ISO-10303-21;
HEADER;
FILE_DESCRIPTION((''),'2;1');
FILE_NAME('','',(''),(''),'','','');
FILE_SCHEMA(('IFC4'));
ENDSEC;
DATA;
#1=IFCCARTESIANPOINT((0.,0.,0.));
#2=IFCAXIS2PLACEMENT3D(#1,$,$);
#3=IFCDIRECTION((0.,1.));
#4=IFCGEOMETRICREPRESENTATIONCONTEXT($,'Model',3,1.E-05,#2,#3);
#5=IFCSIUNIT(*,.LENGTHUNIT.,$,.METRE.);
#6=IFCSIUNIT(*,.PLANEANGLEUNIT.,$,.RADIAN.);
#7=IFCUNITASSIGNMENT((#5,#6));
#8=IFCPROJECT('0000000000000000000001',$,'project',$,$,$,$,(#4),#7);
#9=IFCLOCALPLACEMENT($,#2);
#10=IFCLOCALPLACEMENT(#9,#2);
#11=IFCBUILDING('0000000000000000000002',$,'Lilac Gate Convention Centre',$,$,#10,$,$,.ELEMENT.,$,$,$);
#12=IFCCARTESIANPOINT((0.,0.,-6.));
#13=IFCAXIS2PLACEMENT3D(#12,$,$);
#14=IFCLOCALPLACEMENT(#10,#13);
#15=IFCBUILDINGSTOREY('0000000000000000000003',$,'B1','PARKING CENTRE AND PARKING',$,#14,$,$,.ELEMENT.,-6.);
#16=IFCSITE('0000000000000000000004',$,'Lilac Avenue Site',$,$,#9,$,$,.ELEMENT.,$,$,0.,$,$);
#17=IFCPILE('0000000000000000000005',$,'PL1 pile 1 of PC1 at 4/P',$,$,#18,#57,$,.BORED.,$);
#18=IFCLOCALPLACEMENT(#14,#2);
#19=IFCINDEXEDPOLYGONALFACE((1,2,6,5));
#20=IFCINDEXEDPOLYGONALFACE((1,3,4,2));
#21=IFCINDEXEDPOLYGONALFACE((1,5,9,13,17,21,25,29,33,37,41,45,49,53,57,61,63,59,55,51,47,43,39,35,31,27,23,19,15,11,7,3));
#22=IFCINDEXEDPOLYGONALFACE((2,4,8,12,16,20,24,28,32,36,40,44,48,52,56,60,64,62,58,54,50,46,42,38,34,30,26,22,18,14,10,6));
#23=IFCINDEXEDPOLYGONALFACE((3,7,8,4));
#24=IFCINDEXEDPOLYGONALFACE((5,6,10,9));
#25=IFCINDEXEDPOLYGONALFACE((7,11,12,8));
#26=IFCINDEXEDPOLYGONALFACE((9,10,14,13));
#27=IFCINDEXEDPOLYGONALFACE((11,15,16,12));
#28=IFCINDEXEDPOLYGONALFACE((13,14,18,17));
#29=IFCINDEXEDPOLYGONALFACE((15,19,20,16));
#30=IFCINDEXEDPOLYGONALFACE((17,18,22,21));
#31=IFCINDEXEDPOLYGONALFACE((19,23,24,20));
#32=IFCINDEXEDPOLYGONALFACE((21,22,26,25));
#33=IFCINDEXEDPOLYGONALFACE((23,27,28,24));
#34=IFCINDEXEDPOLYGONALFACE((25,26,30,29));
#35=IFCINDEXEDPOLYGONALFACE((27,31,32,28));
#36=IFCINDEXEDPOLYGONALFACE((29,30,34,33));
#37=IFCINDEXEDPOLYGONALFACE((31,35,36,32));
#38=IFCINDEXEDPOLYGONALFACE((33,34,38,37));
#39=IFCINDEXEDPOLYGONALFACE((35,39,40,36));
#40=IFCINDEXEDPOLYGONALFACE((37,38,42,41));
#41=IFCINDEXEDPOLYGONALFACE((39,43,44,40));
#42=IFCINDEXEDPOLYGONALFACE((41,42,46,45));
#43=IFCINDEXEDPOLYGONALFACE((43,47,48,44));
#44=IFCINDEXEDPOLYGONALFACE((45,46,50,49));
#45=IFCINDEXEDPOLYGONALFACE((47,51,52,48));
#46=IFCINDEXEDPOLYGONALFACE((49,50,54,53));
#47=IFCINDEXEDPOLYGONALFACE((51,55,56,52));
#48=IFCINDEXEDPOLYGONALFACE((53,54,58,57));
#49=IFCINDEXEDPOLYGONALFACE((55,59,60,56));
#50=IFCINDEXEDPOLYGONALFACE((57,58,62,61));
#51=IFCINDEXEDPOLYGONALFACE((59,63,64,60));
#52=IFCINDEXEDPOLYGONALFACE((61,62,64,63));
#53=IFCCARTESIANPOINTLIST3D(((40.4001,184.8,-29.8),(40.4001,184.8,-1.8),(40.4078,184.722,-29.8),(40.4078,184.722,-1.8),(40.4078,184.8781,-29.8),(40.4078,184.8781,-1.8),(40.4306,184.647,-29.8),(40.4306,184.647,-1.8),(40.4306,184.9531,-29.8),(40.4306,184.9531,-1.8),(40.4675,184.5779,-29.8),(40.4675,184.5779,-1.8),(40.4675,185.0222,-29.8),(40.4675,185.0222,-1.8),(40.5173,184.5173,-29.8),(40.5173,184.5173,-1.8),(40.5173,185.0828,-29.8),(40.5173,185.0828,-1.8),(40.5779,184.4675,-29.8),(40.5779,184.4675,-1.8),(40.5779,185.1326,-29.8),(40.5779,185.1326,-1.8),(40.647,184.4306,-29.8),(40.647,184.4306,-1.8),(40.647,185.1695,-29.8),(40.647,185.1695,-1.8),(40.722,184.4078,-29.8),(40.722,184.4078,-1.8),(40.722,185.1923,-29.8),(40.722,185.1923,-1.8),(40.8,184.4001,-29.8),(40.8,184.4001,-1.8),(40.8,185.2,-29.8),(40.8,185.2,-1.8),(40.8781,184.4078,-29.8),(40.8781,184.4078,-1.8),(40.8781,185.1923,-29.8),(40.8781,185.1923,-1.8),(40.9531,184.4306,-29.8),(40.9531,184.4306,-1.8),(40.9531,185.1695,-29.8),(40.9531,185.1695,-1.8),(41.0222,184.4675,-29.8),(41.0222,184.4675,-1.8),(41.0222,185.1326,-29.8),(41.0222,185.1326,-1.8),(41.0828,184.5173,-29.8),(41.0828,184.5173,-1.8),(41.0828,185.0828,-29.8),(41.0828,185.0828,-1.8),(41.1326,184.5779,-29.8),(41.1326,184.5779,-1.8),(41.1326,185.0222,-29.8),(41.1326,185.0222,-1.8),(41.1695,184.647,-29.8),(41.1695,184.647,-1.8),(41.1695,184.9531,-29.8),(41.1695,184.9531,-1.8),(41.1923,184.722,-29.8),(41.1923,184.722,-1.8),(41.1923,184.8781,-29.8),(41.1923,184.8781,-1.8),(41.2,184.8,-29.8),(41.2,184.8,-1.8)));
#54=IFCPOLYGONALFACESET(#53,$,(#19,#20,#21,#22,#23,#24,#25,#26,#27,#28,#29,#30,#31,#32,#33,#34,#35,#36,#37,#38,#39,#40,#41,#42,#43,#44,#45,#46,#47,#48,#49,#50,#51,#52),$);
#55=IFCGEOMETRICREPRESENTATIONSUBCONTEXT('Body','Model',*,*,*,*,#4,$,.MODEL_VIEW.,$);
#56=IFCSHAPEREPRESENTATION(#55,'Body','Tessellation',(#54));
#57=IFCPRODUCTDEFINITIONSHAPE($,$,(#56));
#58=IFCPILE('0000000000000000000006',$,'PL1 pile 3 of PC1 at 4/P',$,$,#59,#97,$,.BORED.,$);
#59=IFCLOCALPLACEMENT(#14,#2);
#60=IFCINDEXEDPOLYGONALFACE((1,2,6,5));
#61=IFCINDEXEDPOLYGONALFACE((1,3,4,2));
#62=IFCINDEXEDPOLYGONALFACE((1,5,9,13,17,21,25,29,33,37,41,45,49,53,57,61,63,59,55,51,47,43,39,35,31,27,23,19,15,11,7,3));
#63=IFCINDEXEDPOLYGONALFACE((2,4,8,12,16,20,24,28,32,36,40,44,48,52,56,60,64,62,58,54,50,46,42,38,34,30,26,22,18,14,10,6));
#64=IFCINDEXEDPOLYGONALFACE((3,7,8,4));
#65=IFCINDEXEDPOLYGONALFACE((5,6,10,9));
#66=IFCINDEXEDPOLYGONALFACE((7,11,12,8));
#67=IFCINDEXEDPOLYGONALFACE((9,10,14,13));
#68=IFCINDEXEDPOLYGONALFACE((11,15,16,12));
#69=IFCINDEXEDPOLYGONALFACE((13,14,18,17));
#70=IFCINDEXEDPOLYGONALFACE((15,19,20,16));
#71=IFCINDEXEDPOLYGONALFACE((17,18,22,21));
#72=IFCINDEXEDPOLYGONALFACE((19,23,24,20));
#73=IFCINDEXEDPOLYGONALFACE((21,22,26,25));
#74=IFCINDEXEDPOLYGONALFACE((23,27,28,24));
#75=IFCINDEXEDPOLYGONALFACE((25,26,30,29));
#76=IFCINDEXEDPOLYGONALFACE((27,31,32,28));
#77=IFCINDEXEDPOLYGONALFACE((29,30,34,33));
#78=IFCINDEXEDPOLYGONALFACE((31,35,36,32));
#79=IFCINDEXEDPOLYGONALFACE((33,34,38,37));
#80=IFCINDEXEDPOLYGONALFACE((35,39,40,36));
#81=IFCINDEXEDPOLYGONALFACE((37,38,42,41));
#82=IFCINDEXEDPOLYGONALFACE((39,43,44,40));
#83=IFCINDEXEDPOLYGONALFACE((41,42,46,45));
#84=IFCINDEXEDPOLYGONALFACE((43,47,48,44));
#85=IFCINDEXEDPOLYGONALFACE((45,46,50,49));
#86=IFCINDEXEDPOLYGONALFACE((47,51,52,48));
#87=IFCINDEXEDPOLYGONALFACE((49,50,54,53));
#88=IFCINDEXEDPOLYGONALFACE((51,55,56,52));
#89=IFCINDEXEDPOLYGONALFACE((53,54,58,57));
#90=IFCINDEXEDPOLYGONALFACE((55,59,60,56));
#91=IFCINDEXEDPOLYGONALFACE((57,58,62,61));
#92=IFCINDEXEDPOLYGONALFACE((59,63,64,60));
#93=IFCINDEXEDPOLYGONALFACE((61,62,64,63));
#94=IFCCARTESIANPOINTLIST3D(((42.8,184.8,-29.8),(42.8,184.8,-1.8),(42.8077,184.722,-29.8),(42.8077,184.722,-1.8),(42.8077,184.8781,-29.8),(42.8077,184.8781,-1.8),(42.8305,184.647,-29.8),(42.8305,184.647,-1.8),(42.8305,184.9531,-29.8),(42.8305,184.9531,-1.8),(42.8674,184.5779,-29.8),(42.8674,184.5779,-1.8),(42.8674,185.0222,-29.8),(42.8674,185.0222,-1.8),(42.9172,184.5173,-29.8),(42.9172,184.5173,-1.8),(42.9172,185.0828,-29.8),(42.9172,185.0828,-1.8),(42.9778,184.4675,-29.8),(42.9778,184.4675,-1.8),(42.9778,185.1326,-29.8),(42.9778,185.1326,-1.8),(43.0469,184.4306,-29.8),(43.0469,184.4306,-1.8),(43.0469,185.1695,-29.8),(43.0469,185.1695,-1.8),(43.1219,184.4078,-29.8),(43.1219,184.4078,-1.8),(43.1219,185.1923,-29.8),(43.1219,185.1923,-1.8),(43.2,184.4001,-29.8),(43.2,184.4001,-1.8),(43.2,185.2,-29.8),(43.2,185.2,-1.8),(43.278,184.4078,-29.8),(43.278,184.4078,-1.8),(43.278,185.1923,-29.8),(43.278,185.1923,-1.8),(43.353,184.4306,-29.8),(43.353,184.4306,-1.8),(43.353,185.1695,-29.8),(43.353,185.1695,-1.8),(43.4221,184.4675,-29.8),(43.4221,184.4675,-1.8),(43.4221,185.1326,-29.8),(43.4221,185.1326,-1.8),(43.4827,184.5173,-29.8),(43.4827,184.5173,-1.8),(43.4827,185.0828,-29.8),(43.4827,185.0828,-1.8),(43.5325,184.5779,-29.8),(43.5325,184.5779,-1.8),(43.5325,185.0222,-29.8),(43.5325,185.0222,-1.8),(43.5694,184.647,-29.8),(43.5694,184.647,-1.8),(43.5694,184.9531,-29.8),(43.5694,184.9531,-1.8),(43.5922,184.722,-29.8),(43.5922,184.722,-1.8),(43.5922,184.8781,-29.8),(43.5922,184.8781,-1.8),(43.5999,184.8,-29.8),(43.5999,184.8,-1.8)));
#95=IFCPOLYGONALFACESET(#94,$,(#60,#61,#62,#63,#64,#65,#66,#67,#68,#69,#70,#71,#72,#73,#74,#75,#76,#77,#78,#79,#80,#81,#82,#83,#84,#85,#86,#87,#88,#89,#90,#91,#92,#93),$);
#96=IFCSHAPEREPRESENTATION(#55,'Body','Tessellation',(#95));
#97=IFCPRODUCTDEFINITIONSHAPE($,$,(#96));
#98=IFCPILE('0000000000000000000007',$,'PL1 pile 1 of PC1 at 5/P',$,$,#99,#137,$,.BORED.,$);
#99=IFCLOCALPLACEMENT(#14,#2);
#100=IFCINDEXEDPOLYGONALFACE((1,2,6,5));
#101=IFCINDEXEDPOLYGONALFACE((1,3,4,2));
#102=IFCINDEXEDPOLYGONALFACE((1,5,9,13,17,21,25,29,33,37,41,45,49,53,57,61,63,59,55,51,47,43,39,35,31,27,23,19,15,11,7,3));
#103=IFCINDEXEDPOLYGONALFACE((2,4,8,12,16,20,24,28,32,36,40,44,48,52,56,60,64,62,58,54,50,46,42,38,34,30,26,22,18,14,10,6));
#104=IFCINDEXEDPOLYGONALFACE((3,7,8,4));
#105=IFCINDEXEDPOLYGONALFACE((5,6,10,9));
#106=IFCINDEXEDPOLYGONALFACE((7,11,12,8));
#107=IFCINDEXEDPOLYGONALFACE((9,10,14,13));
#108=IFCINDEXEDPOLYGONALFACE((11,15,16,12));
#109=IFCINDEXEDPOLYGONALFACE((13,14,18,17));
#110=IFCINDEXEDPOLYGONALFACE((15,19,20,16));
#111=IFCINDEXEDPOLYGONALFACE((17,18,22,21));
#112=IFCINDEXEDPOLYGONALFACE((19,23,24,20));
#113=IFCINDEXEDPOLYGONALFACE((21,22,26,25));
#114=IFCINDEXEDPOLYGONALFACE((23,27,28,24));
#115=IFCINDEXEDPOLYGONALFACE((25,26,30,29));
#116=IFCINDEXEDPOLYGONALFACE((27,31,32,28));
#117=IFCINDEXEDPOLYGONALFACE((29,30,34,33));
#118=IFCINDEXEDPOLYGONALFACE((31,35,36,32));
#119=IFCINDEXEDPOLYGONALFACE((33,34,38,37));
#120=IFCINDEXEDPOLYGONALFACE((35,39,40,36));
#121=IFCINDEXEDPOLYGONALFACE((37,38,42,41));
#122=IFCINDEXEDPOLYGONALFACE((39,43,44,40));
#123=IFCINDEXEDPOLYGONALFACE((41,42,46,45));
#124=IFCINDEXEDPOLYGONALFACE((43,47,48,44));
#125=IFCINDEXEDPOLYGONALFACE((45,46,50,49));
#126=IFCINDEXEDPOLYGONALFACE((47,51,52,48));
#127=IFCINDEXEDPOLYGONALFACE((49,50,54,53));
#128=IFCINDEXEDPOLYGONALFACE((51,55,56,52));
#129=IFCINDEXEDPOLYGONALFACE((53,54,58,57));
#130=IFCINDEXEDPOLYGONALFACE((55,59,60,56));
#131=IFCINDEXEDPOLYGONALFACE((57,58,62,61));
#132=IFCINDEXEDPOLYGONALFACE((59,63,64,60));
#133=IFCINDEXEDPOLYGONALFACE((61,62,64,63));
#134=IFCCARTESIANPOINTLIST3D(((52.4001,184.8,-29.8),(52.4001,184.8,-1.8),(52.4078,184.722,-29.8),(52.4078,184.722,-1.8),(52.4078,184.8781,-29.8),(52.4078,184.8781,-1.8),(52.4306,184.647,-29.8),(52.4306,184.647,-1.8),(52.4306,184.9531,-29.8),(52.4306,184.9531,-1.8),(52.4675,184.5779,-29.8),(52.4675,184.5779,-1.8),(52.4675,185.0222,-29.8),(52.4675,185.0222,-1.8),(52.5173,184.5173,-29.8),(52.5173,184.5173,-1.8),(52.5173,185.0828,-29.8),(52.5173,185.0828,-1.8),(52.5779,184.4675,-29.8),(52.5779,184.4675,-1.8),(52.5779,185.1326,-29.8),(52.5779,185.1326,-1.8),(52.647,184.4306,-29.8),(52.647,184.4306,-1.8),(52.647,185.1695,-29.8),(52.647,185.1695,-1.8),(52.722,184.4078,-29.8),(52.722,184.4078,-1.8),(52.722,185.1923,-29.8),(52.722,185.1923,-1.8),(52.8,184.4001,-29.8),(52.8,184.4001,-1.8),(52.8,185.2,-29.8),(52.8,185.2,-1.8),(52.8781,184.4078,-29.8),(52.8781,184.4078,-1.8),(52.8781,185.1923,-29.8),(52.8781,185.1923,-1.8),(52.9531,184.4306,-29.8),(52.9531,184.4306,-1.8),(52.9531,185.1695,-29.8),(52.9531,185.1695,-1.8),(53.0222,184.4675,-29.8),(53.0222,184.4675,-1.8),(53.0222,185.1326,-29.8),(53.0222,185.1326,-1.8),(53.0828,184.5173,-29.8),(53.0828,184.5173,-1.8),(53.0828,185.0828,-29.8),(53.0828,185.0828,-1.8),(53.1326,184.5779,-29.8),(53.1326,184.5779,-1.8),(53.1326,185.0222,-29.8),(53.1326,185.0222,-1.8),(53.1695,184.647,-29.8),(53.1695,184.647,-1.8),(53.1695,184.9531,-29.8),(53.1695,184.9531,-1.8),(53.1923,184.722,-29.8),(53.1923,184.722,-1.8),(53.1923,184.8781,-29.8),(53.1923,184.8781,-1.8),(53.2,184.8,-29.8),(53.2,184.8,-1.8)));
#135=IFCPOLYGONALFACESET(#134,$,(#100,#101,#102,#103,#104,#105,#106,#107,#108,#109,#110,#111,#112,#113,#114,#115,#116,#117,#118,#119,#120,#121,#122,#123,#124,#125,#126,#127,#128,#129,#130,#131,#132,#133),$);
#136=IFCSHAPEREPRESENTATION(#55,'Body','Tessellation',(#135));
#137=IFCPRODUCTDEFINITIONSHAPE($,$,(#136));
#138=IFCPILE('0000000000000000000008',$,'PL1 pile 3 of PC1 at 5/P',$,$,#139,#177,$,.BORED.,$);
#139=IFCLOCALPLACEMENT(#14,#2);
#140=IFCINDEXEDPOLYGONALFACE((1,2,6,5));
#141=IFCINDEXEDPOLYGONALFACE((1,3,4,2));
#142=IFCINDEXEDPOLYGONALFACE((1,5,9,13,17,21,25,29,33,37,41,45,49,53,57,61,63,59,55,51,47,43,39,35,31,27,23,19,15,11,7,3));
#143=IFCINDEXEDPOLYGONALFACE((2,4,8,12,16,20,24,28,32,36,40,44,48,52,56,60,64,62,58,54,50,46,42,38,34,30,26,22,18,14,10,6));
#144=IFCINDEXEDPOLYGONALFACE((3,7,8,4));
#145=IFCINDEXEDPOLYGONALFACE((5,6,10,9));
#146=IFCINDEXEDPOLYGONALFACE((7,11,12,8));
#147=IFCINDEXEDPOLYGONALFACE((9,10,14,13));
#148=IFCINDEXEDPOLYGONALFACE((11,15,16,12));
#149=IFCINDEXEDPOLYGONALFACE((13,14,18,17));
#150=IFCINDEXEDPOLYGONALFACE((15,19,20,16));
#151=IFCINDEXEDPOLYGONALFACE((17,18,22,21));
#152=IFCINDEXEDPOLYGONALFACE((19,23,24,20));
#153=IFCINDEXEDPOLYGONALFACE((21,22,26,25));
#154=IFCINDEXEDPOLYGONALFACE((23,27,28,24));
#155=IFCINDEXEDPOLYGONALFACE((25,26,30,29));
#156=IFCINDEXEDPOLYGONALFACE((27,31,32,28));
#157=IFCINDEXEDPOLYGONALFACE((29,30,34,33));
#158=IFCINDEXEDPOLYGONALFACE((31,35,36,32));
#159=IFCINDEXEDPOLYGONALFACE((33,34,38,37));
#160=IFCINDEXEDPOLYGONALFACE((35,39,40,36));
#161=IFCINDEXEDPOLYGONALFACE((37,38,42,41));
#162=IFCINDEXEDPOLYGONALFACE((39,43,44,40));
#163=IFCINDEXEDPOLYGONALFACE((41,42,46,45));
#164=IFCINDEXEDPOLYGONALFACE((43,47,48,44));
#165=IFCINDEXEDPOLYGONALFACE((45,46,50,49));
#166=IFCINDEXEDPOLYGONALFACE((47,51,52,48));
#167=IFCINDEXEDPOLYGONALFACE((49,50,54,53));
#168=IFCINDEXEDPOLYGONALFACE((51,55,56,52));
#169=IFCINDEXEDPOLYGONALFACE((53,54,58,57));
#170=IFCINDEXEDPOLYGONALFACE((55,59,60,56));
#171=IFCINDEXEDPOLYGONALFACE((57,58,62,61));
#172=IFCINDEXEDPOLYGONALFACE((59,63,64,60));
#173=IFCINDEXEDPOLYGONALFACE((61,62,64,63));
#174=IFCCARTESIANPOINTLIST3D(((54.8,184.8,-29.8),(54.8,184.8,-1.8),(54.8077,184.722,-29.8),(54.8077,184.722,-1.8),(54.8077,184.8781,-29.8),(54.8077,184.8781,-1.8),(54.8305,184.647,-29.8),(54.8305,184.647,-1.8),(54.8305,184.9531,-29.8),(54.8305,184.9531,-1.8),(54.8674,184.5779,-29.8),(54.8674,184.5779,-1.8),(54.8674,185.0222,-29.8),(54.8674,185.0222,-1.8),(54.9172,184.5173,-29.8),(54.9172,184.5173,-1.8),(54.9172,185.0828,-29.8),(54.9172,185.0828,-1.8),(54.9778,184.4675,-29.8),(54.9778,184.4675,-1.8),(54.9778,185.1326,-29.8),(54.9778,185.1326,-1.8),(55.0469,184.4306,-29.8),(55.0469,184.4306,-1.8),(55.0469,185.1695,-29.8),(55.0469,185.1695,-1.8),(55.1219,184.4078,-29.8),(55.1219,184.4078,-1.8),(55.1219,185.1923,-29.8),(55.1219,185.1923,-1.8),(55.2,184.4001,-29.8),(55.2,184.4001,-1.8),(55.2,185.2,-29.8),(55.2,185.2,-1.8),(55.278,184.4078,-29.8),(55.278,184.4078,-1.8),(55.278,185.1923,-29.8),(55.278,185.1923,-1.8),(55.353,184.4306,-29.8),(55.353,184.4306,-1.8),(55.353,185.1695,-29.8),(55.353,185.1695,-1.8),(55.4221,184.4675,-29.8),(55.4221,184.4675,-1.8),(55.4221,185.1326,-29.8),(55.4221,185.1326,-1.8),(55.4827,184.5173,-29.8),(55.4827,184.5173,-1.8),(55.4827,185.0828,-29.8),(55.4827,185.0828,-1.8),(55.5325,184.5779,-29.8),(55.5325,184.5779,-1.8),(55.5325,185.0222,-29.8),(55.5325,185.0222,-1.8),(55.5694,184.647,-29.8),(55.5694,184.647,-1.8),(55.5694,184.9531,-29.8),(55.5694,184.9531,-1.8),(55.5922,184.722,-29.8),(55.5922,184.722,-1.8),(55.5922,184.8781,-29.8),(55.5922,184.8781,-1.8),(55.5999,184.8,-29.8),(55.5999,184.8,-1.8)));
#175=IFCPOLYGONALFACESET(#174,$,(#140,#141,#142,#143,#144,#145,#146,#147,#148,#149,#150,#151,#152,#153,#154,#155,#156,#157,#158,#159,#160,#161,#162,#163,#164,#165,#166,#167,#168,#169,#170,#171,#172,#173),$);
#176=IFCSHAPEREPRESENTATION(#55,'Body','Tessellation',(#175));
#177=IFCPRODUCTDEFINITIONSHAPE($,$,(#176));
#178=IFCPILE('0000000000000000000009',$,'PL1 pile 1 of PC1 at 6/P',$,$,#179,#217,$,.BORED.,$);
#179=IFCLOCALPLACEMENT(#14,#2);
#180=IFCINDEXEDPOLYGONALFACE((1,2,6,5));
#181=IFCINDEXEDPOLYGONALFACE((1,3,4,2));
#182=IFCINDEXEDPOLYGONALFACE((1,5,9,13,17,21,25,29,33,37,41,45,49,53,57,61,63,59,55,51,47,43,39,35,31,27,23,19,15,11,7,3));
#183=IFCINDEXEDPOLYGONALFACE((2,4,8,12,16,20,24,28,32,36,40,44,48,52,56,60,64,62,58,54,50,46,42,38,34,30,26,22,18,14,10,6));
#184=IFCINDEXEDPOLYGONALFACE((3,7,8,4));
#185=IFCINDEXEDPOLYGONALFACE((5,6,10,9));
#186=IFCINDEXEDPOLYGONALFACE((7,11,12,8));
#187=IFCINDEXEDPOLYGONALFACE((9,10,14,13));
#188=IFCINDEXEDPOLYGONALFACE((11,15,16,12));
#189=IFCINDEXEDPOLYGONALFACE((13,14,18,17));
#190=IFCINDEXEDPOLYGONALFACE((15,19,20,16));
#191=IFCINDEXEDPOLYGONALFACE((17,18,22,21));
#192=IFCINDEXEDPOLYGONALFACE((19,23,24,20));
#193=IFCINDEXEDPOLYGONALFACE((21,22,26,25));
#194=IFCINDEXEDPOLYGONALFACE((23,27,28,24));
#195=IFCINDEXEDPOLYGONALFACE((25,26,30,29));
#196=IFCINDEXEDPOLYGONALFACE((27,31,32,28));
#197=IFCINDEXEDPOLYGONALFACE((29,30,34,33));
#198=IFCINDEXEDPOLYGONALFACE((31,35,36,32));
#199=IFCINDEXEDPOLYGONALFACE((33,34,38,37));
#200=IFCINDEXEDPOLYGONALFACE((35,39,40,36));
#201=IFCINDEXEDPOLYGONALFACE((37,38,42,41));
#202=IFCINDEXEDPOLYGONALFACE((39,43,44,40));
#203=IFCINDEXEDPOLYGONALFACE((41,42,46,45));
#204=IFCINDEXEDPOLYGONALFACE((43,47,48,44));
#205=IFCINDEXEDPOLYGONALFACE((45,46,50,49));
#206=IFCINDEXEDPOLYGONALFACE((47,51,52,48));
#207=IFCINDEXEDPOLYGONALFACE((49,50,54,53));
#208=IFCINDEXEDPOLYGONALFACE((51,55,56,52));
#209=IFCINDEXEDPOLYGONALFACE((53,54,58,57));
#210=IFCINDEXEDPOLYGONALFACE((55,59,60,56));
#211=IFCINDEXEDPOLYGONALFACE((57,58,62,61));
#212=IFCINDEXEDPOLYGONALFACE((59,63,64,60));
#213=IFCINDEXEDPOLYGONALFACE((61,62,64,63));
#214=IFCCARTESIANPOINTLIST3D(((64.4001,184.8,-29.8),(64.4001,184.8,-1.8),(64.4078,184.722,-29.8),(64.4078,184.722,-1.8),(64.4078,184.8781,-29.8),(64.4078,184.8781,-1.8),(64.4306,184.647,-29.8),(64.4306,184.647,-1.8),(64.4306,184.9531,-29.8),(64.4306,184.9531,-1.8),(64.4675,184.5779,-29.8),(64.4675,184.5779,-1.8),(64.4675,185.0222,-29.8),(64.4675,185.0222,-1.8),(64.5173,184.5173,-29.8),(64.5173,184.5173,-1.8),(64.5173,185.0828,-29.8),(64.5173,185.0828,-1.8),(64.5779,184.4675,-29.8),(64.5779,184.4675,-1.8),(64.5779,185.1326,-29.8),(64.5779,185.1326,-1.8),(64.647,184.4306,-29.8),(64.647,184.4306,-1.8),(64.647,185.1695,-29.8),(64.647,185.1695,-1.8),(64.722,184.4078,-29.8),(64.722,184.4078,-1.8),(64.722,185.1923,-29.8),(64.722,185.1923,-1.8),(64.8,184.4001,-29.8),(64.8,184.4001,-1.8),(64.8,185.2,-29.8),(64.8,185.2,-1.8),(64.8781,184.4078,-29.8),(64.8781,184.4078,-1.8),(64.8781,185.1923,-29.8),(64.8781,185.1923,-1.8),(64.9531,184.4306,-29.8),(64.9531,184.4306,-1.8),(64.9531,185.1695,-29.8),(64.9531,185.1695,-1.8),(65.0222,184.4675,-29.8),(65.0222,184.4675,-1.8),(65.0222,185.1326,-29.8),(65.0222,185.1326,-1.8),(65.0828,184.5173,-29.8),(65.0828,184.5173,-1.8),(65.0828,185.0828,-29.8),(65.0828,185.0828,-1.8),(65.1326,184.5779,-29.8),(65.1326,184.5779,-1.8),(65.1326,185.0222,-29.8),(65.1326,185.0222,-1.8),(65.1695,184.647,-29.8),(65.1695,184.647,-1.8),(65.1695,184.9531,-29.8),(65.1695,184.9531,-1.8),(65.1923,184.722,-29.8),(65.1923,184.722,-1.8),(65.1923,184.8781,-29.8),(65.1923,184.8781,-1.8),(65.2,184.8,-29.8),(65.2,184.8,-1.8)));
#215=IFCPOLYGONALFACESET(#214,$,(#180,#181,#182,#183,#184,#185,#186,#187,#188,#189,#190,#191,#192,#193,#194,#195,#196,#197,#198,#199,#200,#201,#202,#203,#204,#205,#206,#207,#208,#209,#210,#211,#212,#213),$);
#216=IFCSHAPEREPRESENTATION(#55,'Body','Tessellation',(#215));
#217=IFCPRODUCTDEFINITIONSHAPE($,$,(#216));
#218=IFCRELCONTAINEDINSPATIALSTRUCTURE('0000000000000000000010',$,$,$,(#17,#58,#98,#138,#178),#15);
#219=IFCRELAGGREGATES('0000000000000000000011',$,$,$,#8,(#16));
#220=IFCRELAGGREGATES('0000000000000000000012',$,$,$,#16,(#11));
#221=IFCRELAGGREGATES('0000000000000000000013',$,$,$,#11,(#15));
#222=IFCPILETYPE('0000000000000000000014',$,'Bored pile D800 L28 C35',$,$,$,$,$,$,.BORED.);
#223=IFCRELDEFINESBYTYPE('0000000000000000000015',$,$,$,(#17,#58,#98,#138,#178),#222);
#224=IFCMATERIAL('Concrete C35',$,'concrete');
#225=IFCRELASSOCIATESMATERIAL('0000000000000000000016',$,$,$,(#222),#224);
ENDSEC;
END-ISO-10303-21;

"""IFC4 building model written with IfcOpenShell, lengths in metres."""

from ifc_helpers import new_model, si_unit, direction, frame, origin, origin_2d, place, context, subcontext, project, spatial, circle, extrude, material, material_profile, profile_set, type_object, element, save


model = new_model("IFC4")

# Units and contexts
model_context = context("Model", 3, precision=1e-05, world=origin(), true_north=direction((0.0, 1.0)))
body_context = subcontext(model_context, "Body", "Model", "MODEL_VIEW")
ifc_project = project(units=[si_unit("LENGTHUNIT", "METRE"), si_unit("PLANEANGLEUNIT", "RADIAN")], contexts=[model_context])

# Site, building, storey
site_placement = place(None, origin())
site = spatial("IfcSite", under=ifc_project, at=site_placement, Name="Lilac Avenue Site", CompositionType="ELEMENT", RefElevation=0.0)
building_placement = place(site_placement, origin())
building = spatial("IfcBuilding", under=site, at=building_placement, Name="Lilac Gate Convention Centre", CompositionType="ELEMENT")
storey_placement = place(building_placement, frame((0.0, 0.0, -6.0)))
storey = spatial("IfcBuildingStorey", under=building, at=storey_placement, Name="B1", Description="PARKING CENTRE AND PARKING", CompositionType="ELEMENT", Elevation=-6.0)

# Piles
ifc_material_1 = material(Name="Concrete C35", Category="concrete")
ifc_material_profile_1 = material_profile(ifc_material_1, circle(Radius=0.3999, at=origin_2d()), Name="D800")
ifc_profile_set_1 = profile_set([ifc_material_profile_1], Name="Concrete C35")
pile_type = type_object("IfcPileType", Name="Bored pile D800 L28 C35", PredefinedType="BORED", material=ifc_profile_set_1)
for number, where, z_axis, x_axis, name in (
    (1, (40.8, 184.8, -1.8), (0.0, 0.0, -1.0), (1.0, 0.0, 0.0), "PL1 pile 1 of PC1 at 4/P"),
    (2, (43.2, 184.8, -1.8), (0.0, 0.0, -1.0), (1.0, 0.0, 0.0), "PL1 pile 3 of PC1 at 4/P"),
    (3, (52.8, 184.8, -1.8), (0.0, 0.0, -1.0), (1.0, 0.0, 0.0), "PL1 pile 1 of PC1 at 5/P"),
    (4, (55.2, 184.8, -1.8), (0.0, 0.0, -1.0), (1.0, 0.0, 0.0), "PL1 pile 3 of PC1 at 5/P"),
    (5, (64.8, 184.8, -1.8), (0.0, 0.0, -1.0), (1.0, 0.0, 0.0), "PL1 pile 1 of PC1 at 6/P"),
):
    element("IfcPile", number, at=place(storey_placement, frame(where, z_axis=z_axis, x_axis=x_axis)), inside=storey, type_object=pile_type, Name=name, PredefinedType="BORED", context=body_context, shape_type="SweptSolid", body=[
        extrude(circle(Radius=0.3999, at=origin_2d()), origin(), (0.0, 0.0, 1.0), 28.0),
    ])

save(model, "model.ifc")
